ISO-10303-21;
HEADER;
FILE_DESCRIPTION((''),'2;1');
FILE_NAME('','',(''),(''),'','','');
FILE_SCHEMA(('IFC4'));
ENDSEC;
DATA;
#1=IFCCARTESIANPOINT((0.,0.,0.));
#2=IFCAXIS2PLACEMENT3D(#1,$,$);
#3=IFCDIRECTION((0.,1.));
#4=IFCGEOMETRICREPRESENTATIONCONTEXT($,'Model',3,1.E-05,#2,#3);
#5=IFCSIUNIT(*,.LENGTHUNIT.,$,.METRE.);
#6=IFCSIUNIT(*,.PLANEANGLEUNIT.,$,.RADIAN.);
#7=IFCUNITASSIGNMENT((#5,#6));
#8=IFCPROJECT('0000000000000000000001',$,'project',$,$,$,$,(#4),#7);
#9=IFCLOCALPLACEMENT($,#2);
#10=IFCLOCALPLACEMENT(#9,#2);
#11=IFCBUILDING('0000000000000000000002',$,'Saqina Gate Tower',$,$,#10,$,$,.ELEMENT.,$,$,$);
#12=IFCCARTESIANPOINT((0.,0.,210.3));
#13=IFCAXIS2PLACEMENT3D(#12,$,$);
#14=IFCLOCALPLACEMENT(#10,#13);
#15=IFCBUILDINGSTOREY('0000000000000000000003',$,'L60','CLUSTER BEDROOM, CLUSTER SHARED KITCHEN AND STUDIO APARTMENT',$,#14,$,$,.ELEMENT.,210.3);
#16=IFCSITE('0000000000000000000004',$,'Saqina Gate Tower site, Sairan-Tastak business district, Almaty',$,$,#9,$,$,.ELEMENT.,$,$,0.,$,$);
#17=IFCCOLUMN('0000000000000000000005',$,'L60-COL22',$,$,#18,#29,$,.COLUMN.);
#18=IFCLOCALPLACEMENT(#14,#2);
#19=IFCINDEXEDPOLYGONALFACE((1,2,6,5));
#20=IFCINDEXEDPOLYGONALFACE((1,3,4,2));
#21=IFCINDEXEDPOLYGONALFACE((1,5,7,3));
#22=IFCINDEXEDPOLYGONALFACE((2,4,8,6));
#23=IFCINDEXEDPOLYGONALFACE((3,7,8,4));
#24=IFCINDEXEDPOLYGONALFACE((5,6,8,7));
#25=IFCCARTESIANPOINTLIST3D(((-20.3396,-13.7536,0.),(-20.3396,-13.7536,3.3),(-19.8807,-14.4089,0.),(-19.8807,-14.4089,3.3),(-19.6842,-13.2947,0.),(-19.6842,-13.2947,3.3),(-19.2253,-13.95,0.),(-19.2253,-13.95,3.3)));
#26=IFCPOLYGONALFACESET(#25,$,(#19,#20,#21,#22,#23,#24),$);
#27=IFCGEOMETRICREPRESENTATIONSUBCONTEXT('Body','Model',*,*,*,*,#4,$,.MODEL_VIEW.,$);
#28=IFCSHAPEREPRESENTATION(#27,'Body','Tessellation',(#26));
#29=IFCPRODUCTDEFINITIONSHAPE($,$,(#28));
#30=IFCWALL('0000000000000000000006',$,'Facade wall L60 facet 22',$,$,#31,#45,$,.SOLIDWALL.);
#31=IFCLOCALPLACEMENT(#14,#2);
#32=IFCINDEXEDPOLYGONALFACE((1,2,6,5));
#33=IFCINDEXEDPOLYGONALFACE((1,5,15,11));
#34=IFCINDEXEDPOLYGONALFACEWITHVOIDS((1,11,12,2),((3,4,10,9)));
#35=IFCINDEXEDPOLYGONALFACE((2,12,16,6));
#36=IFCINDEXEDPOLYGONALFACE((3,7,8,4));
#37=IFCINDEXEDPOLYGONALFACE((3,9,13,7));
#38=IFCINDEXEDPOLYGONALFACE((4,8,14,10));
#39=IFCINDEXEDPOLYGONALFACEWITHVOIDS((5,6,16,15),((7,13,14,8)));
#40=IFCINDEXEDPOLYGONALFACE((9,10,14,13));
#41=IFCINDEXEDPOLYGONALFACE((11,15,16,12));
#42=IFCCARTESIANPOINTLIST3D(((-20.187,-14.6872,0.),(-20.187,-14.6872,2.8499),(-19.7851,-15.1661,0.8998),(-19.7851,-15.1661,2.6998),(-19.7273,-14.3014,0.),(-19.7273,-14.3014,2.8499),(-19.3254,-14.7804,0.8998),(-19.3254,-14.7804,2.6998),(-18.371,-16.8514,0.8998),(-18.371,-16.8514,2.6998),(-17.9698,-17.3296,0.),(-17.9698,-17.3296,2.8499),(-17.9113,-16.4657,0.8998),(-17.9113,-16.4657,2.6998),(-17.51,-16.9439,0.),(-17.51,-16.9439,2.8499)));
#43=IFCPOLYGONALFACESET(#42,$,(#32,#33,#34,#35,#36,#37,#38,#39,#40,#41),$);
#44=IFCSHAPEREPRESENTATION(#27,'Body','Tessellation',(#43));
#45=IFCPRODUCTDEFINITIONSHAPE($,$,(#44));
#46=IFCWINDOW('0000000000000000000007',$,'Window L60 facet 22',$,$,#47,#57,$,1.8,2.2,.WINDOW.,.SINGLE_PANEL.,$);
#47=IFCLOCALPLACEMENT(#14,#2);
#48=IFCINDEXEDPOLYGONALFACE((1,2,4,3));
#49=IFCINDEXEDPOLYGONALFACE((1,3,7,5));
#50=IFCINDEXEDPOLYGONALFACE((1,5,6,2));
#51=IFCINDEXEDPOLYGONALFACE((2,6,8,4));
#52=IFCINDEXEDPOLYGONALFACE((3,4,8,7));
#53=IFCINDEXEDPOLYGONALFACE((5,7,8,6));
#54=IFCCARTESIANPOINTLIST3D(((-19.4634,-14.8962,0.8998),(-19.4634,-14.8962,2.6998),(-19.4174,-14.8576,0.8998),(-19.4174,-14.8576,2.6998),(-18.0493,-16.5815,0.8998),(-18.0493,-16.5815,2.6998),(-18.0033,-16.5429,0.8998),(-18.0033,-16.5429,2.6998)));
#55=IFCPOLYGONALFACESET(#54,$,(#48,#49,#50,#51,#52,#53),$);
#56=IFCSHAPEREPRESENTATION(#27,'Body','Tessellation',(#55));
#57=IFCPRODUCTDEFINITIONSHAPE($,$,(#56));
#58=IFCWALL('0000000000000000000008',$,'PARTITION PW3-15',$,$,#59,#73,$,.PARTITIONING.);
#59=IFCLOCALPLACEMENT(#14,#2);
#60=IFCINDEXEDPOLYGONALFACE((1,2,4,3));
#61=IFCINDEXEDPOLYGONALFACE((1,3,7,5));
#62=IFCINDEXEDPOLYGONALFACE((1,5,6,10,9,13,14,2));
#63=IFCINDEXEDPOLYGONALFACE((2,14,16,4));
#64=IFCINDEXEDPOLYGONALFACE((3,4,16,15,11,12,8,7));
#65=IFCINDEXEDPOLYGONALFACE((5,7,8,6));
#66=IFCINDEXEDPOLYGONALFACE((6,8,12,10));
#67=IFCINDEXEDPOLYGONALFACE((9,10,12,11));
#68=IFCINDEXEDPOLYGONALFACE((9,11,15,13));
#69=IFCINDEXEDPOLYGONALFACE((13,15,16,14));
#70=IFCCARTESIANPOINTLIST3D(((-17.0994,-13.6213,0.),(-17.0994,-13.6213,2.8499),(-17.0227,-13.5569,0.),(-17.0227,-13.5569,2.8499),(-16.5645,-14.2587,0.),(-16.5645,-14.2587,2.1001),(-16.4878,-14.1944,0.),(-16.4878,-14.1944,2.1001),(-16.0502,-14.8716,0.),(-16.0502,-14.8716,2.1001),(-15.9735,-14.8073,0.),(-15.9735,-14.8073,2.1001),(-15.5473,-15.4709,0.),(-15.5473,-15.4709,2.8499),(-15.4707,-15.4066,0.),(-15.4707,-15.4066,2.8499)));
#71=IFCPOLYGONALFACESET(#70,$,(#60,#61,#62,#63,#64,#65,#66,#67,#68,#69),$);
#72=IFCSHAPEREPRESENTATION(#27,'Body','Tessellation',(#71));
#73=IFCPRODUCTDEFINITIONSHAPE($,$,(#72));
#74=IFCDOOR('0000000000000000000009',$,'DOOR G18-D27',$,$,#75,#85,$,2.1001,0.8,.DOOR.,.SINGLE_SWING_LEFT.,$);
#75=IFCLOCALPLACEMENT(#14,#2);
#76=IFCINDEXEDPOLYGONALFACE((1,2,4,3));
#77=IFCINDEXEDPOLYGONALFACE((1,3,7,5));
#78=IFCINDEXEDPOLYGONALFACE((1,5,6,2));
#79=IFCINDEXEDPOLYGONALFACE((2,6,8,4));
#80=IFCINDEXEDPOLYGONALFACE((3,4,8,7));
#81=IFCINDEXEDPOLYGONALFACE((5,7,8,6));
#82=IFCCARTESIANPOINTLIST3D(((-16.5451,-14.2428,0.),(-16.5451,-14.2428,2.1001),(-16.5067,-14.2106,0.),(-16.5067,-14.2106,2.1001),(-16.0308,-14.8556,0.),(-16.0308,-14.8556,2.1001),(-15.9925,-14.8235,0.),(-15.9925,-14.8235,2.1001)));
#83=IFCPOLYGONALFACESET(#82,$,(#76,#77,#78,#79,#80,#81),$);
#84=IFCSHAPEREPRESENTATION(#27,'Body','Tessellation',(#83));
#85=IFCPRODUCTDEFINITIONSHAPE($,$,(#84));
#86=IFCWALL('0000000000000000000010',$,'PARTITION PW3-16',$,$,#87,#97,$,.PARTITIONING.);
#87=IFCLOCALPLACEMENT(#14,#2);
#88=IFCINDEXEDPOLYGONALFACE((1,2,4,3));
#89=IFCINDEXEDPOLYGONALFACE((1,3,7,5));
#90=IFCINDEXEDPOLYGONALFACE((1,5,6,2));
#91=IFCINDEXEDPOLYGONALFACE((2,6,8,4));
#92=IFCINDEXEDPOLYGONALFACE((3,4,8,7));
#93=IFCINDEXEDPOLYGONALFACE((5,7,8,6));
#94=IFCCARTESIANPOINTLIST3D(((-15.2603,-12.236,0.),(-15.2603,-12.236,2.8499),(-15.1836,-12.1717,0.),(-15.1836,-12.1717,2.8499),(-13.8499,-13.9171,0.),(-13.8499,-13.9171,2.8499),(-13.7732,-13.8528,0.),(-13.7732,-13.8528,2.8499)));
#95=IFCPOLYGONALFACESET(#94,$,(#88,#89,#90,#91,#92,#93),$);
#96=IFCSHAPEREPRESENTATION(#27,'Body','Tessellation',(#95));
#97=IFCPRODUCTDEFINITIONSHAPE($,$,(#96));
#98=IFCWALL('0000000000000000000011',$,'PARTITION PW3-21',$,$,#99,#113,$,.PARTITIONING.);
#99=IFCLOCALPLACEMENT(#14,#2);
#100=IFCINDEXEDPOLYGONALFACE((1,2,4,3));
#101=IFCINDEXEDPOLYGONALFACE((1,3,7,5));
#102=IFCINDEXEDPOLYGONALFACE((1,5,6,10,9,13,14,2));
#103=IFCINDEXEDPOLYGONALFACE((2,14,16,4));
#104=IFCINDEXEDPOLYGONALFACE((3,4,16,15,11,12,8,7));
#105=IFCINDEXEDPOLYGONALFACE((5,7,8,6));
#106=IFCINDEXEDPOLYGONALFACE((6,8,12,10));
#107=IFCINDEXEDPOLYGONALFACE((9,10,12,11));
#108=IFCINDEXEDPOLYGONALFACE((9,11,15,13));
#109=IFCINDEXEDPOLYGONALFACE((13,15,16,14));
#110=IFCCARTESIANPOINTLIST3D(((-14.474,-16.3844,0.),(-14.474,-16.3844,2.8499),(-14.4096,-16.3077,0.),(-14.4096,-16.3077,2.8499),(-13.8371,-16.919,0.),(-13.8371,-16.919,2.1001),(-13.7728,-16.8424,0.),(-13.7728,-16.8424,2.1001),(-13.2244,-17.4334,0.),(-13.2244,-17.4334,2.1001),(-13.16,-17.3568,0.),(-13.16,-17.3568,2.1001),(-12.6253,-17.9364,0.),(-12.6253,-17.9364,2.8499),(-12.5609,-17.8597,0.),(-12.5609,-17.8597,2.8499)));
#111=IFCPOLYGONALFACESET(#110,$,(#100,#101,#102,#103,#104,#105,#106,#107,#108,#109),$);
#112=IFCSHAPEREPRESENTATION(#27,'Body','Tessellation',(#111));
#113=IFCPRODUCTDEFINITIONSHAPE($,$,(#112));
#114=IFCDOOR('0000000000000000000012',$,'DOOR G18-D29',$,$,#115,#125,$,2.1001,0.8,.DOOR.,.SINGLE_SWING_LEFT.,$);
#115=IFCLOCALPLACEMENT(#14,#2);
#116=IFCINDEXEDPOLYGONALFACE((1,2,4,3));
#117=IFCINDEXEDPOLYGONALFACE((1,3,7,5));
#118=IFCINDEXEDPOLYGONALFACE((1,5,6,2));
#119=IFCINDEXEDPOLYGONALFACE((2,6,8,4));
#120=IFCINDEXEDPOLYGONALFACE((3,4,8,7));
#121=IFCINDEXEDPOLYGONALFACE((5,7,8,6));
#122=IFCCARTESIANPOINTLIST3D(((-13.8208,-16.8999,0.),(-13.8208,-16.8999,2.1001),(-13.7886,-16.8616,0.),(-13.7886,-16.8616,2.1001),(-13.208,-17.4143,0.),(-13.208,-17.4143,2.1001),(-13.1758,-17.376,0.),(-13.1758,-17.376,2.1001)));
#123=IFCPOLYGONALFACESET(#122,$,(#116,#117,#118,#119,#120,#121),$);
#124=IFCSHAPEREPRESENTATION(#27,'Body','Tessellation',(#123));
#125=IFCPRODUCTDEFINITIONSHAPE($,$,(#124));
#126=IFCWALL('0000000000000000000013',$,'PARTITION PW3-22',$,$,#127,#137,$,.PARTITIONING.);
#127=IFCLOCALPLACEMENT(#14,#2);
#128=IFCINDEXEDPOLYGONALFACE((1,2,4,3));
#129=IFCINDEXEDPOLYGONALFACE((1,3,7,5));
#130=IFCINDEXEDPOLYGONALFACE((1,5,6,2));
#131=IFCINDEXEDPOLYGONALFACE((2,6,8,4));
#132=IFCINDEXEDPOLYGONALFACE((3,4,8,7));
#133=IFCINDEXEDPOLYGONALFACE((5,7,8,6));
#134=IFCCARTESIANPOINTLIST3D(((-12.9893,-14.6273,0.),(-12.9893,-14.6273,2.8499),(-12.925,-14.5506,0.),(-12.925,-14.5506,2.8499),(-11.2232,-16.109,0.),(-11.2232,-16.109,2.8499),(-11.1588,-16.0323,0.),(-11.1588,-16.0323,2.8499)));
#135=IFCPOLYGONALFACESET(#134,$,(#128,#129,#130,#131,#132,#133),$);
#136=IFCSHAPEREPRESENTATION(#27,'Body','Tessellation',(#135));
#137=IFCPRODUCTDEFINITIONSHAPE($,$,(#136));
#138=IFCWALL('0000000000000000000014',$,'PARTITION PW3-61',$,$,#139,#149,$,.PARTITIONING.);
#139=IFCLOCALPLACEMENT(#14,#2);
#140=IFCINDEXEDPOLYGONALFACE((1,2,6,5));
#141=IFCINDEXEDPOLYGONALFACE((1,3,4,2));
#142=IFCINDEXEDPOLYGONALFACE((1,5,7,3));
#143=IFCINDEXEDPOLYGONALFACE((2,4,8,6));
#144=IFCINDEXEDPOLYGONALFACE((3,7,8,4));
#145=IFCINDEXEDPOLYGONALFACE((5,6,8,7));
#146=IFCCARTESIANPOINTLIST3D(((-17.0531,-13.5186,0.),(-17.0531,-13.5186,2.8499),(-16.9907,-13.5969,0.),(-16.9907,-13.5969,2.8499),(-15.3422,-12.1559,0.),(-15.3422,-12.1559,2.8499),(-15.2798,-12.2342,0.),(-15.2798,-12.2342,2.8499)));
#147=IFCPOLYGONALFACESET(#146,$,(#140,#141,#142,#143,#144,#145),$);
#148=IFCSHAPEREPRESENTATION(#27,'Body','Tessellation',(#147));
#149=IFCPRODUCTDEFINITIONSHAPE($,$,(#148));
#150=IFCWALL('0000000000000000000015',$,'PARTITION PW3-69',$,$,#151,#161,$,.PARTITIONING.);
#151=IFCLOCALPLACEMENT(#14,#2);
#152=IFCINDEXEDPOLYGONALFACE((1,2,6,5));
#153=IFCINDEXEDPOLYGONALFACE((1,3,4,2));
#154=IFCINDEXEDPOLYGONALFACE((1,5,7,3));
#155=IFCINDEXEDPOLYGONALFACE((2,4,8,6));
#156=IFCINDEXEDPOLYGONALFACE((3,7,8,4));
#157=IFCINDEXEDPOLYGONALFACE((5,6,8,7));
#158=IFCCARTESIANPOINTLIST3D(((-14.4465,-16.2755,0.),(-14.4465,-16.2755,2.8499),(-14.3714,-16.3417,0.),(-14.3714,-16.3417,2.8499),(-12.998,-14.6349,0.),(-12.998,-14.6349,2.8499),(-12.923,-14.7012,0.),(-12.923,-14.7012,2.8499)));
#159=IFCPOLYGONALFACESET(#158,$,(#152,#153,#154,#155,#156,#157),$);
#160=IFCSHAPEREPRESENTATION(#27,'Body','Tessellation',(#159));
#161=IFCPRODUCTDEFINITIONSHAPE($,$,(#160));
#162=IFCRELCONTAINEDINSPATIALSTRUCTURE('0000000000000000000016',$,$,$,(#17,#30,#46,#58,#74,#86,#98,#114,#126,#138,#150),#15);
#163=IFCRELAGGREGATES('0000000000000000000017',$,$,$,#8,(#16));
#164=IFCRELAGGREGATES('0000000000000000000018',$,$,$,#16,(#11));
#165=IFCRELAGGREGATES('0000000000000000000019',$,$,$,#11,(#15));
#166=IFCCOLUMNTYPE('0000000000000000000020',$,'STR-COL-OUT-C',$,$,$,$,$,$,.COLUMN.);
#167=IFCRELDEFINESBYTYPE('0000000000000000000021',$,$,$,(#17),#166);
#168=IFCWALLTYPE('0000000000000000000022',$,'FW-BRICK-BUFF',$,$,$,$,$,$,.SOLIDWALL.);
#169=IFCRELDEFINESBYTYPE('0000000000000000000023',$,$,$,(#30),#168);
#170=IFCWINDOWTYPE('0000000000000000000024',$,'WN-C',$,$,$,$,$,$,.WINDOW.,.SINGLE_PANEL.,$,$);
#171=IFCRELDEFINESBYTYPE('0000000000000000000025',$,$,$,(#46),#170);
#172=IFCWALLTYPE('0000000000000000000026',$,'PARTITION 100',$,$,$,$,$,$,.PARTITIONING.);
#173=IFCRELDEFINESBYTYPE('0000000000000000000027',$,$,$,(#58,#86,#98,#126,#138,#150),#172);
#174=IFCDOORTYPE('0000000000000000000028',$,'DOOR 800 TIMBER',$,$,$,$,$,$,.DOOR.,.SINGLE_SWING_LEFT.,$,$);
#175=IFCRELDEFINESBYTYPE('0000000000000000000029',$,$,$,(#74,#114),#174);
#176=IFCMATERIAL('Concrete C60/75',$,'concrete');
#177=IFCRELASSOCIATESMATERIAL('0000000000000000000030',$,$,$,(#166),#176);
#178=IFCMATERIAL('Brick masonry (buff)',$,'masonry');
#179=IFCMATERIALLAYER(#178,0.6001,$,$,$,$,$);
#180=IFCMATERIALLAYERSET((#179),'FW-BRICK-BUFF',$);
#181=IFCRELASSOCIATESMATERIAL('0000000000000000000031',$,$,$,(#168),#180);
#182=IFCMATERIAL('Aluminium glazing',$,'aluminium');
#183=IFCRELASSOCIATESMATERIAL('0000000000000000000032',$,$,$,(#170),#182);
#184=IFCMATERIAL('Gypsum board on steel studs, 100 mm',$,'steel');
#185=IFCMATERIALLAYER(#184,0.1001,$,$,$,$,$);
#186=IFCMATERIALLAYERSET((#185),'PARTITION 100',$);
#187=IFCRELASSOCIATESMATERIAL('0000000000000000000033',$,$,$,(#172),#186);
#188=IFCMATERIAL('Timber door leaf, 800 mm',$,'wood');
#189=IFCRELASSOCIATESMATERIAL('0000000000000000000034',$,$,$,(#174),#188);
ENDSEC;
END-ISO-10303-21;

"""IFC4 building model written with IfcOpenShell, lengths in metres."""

from ifc_helpers import new_model, si_unit, direction, frame, frame_2d, origin, origin_2d, place, context, subcontext, project, spatial, rectangle, extrude, material, layer, layer_set, material_profile, profile_set, type_object, element, fill, save


model = new_model("IFC4")

# Units and contexts
model_context = context("Model", 3, precision=1e-05, world=origin(), true_north=direction((0.0, 1.0)))
body_context = subcontext(model_context, "Body", "Model", "MODEL_VIEW")
ifc_project = project(units=[si_unit("LENGTHUNIT", "METRE"), si_unit("PLANEANGLEUNIT", "RADIAN")], contexts=[model_context])

# Site, building, storey
site_placement = place(None, origin())
site = spatial("IfcSite", under=ifc_project, at=site_placement, Name="Saqina Gate Tower site, Sairan-Tastak business district, Almaty", CompositionType="ELEMENT", RefElevation=0.0)
building_placement = place(site_placement, origin())
building = spatial("IfcBuilding", under=site, at=building_placement, Name="Saqina Gate Tower", CompositionType="ELEMENT")
storey_placement = place(building_placement, frame((0.0, 0.0, 210.3)))
storey = spatial("IfcBuildingStorey", under=building, at=storey_placement, Name="L60", Description="CLUSTER BEDROOM, CLUSTER SHARED KITCHEN AND STUDIO APARTMENT", CompositionType="ELEMENT", Elevation=210.3)

# Column
ifc_material_1 = material(Name="Concrete C60/75", Category="concrete")
ifc_material_profile = material_profile(ifc_material_1, rectangle(XDim=0.8, YDim=0.8, at=origin_2d()), Name="RC 800x800")
ifc_profile_set = profile_set([ifc_material_profile], Name="Concrete C60/75")
column_type = type_object("IfcColumnType", Name="STR-COL-OUT-C", PredefinedType="COLUMN", material=ifc_profile_set)
column_placement = place(storey_placement, frame((-19.7825, -13.8518, 0.0), z_axis=(0.0, 0.0, 1.0), x_axis=(-0.819152, -0.573576, 0.0)))
element("IfcColumn", 1, at=column_placement, inside=storey, type_object=column_type, Name="L60-COL22", PredefinedType="COLUMN", context=body_context, shape_type="SweptSolid", body=[
    extrude(rectangle(XDim=0.8, YDim=0.8, at=origin_2d()), origin(), (0.0, 0.0, 1.0), 3.3),
])

# Wall, opening, window
ifc_material_2 = material(Name="Brick masonry (buff)", Category="masonry")
ifc_layer_1 = layer(ifc_material_2, 0.6001)
ifc_layer_set_1 = layer_set([ifc_layer_1], Name="FW-BRICK-BUFF")
wall_type_1 = type_object("IfcWallType", Name="FW-BRICK-BUFF", PredefinedType="SOLIDWALL", material=ifc_layer_set_1)
wall_1_placement = place(storey_placement, frame((-19.957, -14.4944, 0.0), z_axis=(0.0, 0.0, 1.0), x_axis=(0.64277, -0.766059, 0.0)))
wall_1 = element("IfcWall", 2, at=wall_1_placement, inside=storey, type_object=wall_type_1, Name="Facade wall L60 facet 22", PredefinedType="SOLIDWALL", context=body_context, shape_type="SweptSolid", body=[
    extrude(rectangle(XDim=3.4495, YDim=0.6001, at=frame_2d((1.7246, 0.0))), origin(), (0.0, 0.0, 1.0), 2.8499),
])
opening_1_placement = place(wall_1_placement, frame((0.625, 0.0, 0.8999)))
opening_1 = element("IfcOpeningElement", 3, at=opening_1_placement, cuts=wall_1, PredefinedType="OPENING", context=body_context, shape_type="SweptSolid", body=[
    extrude(rectangle(XDim=2.2, YDim=1.8, at=frame_2d((1.1001, 0.8999))), frame((0.0, 0.312, 0.0), z_axis=(0.0, -1.0, 0.0), x_axis=(1.0, 0.0, 0.0)), (0.0, 0.0, 1.0), 0.624),
])
ifc_material_3 = material(Name="Aluminium glazing", Category="aluminium")
window_type = type_object("IfcWindowType", Name="WN-C", PartitioningType="SINGLE_PANEL", PredefinedType="WINDOW", material=ifc_material_3)
window_placement = place(opening_1_placement, origin())
window = element("IfcWindow", 4, at=window_placement, inside=storey, type_object=window_type, Name="Window L60 facet 22", OverallHeight=1.8, OverallWidth=2.2, PartitioningType="SINGLE_PANEL", PredefinedType="WINDOW", context=body_context, shape_type="SweptSolid", body=[
    extrude(rectangle(XDim=2.2, YDim=1.8, at=frame_2d((1.1001, 0.8999))), frame((0.0, 0.1799, 0.0), z_axis=(0.0, -1.0, 0.0), x_axis=(1.0, 0.0, 0.0)), (0.0, 0.0, 1.0), 0.0601),
])
fill(opening_1, window)

# Wall, opening, door
ifc_material_4 = material(Name="Gypsum board on steel studs, 100 mm", Category="steel")
ifc_layer_2 = layer(ifc_material_4, 0.1001)
ifc_layer_set_2 = layer_set([ifc_layer_2], Name="PARTITION 100")
wall_type_2 = type_object("IfcWallType", Name="PARTITION 100", PredefinedType="PARTITIONING", material=ifc_layer_set_2)
wall_2_placement = place(storey_placement, frame((-17.061, -13.5891, 0.0), z_axis=(0.0, 0.0, 1.0), x_axis=(0.642786, -0.766045, 0.0)))
wall_2 = element("IfcWall", 5, at=wall_2_placement, inside=storey, type_object=wall_type_2, Name="PARTITION PW3-15", PredefinedType="PARTITIONING", context=body_context, shape_type="SweptSolid", body=[
    extrude(rectangle(XDim=2.4146, YDim=0.1001, at=frame_2d((1.2073, 0.0))), origin(), (0.0, 0.0, 1.0), 2.8499),
])
opening_2_placement = place(wall_2_placement, frame((0.8323, 0.0, 0.0)))
opening_2 = element("IfcOpeningElement", 6, at=opening_2_placement, cuts=wall_2, PredefinedType="OPENING", context=body_context, shape_type="SweptSolid", body=[
    extrude(rectangle(XDim=0.8, YDim=2.1001, at=frame_2d((0.3999, 1.05))), frame((0.0, 0.062, 0.0), z_axis=(0.0, -1.0, 0.0), x_axis=(1.0, 0.0, 0.0)), (0.0, 0.0, 1.0), 0.124),
])
ifc_material_5 = material(Name="Timber door leaf, 800 mm", Category="wood")
door_type_1 = type_object("IfcDoorType", Name="DOOR 800 TIMBER", OperationType="SINGLE_SWING_LEFT", PredefinedType="DOOR", material=ifc_material_5)
door_1_placement = place(opening_2_placement, frame((0.8, 0.0, 0.0), z_axis=(0.0, 0.0, 1.0), x_axis=(-1.0, 0.0, 0.0)))
door_1 = element("IfcDoor", 7, at=door_1_placement, inside=storey, type_object=door_type_1, Name="DOOR G18-D27", OperationType="SINGLE_SWING_LEFT", OverallHeight=2.1001, OverallWidth=0.8, PredefinedType="DOOR", context=body_context, shape_type="SweptSolid", body=[
    extrude(rectangle(XDim=0.8, YDim=2.1001, at=frame_2d((0.3999, 1.05))), frame((0.0, 0.0249, 0.0), z_axis=(0.0, -1.0, 0.0), x_axis=(1.0, 0.0, 0.0)), (0.0, 0.0, 1.0), 0.05),
])
fill(opening_2, door_1)

# Wall
wall_3_placement = place(storey_placement, frame((-15.2219, -12.2039, 0.0), z_axis=(0.0, 0.0, 1.0), x_axis=(0.64272, -0.766101, 0.0)))
element("IfcWall", 8, at=wall_3_placement, inside=storey, type_object=wall_type_2, Name="PARTITION PW3-16", PredefinedType="PARTITIONING", context=body_context, shape_type="SweptSolid", body=[
    extrude(rectangle(XDim=2.1943, YDim=0.1001, at=frame_2d((1.0972, 0.0))), origin(), (0.0, 0.0, 1.0), 2.8499),
])

# Wall, opening, door
wall_4_placement = place(storey_placement, frame((-14.4419, -16.3459, 0.0), z_axis=(0.0, 0.0, 1.0), x_axis=(0.765878, -0.642986, 0.0)))
wall_4 = element("IfcWall", 9, at=wall_4_placement, inside=storey, type_object=wall_type_2, Name="PARTITION PW3-21", PredefinedType="PARTITIONING", context=body_context, shape_type="SweptSolid", body=[
    extrude(rectangle(XDim=2.4138, YDim=0.1001, at=frame_2d((1.207, 0.0))), origin(), (0.0, 0.0, 1.0), 2.8499),
])
opening_3_placement = place(wall_4_placement, frame((0.8318, 0.0, 0.0)))
opening_3 = element("IfcOpeningElement", 10, at=opening_3_placement, cuts=wall_4, PredefinedType="OPENING", context=body_context, shape_type="SweptSolid", body=[
    extrude(rectangle(XDim=0.8, YDim=2.1001, at=frame_2d((0.3999, 1.05))), frame((0.0, 0.062, 0.0), z_axis=(0.0, -1.0, 0.0), x_axis=(1.0, 0.0, 0.0)), (0.0, 0.0, 1.0), 0.124),
])
door_2_placement = place(opening_3_placement, frame((0.8, 0.0, 0.0), z_axis=(0.0, 0.0, 1.0), x_axis=(-1.0, 0.0, 0.0)))
door_2 = element("IfcDoor", 11, at=door_2_placement, inside=storey, type_object=door_type_1, Name="DOOR G18-D29", OperationType="SINGLE_SWING_LEFT", OverallHeight=2.1001, OverallWidth=0.8, PredefinedType="DOOR", context=body_context, shape_type="SweptSolid", body=[
    extrude(rectangle(XDim=0.8, YDim=2.1001, at=frame_2d((0.3999, 1.05))), frame((0.0, 0.0249, 0.0), z_axis=(0.0, -1.0, 0.0), x_axis=(1.0, 0.0, 0.0)), (0.0, 0.0, 1.0), 0.05),
])
fill(opening_3, door_2)

# Walls
wall_5_placement = place(storey_placement, frame((-12.9573, -14.5889, 0.0), z_axis=(0.0, 0.0, 1.0), x_axis=(0.766099, -0.642723, 0.0)))
element("IfcWall", 12, at=wall_5_placement, inside=storey, type_object=wall_type_2, Name="PARTITION PW3-22", PredefinedType="PARTITIONING", context=body_context, shape_type="SweptSolid", body=[
    extrude(rectangle(XDim=2.3054, YDim=0.1001, at=frame_2d((1.1528, 0.0))), origin(), (0.0, 0.0, 1.0), 2.8499),
])
wall_6_placement = place(storey_placement, frame((-17.022, -13.5579, 0.0), z_axis=(0.0, 0.0, 1.0), x_axis=(0.782196, 0.623033, 0.0)))
element("IfcWall", 13, at=wall_6_placement, inside=storey, type_object=wall_type_2, Name="PARTITION PW3-61", PredefinedType="PARTITIONING", context=body_context, shape_type="SweptSolid", body=[
    extrude(rectangle(XDim=2.1873, YDim=0.1001, at=frame_2d((1.0938, 0.0))), origin(), (0.0, 0.0, 1.0), 2.8499),
])
wall_7_placement = place(storey_placement, frame((-14.4089, -16.3086, 0.0), z_axis=(0.0, 0.0, 1.0), x_axis=(0.661847, 0.749639, 0.0)))
element("IfcWall", 14, at=wall_7_placement, inside=storey, type_object=wall_type_2, Name="PARTITION PW3-69", PredefinedType="PARTITIONING", context=body_context, shape_type="SweptSolid", body=[
    extrude(rectangle(XDim=2.1885, YDim=0.1001, at=frame_2d((1.0942, 0.0))), origin(), (0.0, 0.0, 1.0), 2.8499),
])

save(model, "model.ifc")
